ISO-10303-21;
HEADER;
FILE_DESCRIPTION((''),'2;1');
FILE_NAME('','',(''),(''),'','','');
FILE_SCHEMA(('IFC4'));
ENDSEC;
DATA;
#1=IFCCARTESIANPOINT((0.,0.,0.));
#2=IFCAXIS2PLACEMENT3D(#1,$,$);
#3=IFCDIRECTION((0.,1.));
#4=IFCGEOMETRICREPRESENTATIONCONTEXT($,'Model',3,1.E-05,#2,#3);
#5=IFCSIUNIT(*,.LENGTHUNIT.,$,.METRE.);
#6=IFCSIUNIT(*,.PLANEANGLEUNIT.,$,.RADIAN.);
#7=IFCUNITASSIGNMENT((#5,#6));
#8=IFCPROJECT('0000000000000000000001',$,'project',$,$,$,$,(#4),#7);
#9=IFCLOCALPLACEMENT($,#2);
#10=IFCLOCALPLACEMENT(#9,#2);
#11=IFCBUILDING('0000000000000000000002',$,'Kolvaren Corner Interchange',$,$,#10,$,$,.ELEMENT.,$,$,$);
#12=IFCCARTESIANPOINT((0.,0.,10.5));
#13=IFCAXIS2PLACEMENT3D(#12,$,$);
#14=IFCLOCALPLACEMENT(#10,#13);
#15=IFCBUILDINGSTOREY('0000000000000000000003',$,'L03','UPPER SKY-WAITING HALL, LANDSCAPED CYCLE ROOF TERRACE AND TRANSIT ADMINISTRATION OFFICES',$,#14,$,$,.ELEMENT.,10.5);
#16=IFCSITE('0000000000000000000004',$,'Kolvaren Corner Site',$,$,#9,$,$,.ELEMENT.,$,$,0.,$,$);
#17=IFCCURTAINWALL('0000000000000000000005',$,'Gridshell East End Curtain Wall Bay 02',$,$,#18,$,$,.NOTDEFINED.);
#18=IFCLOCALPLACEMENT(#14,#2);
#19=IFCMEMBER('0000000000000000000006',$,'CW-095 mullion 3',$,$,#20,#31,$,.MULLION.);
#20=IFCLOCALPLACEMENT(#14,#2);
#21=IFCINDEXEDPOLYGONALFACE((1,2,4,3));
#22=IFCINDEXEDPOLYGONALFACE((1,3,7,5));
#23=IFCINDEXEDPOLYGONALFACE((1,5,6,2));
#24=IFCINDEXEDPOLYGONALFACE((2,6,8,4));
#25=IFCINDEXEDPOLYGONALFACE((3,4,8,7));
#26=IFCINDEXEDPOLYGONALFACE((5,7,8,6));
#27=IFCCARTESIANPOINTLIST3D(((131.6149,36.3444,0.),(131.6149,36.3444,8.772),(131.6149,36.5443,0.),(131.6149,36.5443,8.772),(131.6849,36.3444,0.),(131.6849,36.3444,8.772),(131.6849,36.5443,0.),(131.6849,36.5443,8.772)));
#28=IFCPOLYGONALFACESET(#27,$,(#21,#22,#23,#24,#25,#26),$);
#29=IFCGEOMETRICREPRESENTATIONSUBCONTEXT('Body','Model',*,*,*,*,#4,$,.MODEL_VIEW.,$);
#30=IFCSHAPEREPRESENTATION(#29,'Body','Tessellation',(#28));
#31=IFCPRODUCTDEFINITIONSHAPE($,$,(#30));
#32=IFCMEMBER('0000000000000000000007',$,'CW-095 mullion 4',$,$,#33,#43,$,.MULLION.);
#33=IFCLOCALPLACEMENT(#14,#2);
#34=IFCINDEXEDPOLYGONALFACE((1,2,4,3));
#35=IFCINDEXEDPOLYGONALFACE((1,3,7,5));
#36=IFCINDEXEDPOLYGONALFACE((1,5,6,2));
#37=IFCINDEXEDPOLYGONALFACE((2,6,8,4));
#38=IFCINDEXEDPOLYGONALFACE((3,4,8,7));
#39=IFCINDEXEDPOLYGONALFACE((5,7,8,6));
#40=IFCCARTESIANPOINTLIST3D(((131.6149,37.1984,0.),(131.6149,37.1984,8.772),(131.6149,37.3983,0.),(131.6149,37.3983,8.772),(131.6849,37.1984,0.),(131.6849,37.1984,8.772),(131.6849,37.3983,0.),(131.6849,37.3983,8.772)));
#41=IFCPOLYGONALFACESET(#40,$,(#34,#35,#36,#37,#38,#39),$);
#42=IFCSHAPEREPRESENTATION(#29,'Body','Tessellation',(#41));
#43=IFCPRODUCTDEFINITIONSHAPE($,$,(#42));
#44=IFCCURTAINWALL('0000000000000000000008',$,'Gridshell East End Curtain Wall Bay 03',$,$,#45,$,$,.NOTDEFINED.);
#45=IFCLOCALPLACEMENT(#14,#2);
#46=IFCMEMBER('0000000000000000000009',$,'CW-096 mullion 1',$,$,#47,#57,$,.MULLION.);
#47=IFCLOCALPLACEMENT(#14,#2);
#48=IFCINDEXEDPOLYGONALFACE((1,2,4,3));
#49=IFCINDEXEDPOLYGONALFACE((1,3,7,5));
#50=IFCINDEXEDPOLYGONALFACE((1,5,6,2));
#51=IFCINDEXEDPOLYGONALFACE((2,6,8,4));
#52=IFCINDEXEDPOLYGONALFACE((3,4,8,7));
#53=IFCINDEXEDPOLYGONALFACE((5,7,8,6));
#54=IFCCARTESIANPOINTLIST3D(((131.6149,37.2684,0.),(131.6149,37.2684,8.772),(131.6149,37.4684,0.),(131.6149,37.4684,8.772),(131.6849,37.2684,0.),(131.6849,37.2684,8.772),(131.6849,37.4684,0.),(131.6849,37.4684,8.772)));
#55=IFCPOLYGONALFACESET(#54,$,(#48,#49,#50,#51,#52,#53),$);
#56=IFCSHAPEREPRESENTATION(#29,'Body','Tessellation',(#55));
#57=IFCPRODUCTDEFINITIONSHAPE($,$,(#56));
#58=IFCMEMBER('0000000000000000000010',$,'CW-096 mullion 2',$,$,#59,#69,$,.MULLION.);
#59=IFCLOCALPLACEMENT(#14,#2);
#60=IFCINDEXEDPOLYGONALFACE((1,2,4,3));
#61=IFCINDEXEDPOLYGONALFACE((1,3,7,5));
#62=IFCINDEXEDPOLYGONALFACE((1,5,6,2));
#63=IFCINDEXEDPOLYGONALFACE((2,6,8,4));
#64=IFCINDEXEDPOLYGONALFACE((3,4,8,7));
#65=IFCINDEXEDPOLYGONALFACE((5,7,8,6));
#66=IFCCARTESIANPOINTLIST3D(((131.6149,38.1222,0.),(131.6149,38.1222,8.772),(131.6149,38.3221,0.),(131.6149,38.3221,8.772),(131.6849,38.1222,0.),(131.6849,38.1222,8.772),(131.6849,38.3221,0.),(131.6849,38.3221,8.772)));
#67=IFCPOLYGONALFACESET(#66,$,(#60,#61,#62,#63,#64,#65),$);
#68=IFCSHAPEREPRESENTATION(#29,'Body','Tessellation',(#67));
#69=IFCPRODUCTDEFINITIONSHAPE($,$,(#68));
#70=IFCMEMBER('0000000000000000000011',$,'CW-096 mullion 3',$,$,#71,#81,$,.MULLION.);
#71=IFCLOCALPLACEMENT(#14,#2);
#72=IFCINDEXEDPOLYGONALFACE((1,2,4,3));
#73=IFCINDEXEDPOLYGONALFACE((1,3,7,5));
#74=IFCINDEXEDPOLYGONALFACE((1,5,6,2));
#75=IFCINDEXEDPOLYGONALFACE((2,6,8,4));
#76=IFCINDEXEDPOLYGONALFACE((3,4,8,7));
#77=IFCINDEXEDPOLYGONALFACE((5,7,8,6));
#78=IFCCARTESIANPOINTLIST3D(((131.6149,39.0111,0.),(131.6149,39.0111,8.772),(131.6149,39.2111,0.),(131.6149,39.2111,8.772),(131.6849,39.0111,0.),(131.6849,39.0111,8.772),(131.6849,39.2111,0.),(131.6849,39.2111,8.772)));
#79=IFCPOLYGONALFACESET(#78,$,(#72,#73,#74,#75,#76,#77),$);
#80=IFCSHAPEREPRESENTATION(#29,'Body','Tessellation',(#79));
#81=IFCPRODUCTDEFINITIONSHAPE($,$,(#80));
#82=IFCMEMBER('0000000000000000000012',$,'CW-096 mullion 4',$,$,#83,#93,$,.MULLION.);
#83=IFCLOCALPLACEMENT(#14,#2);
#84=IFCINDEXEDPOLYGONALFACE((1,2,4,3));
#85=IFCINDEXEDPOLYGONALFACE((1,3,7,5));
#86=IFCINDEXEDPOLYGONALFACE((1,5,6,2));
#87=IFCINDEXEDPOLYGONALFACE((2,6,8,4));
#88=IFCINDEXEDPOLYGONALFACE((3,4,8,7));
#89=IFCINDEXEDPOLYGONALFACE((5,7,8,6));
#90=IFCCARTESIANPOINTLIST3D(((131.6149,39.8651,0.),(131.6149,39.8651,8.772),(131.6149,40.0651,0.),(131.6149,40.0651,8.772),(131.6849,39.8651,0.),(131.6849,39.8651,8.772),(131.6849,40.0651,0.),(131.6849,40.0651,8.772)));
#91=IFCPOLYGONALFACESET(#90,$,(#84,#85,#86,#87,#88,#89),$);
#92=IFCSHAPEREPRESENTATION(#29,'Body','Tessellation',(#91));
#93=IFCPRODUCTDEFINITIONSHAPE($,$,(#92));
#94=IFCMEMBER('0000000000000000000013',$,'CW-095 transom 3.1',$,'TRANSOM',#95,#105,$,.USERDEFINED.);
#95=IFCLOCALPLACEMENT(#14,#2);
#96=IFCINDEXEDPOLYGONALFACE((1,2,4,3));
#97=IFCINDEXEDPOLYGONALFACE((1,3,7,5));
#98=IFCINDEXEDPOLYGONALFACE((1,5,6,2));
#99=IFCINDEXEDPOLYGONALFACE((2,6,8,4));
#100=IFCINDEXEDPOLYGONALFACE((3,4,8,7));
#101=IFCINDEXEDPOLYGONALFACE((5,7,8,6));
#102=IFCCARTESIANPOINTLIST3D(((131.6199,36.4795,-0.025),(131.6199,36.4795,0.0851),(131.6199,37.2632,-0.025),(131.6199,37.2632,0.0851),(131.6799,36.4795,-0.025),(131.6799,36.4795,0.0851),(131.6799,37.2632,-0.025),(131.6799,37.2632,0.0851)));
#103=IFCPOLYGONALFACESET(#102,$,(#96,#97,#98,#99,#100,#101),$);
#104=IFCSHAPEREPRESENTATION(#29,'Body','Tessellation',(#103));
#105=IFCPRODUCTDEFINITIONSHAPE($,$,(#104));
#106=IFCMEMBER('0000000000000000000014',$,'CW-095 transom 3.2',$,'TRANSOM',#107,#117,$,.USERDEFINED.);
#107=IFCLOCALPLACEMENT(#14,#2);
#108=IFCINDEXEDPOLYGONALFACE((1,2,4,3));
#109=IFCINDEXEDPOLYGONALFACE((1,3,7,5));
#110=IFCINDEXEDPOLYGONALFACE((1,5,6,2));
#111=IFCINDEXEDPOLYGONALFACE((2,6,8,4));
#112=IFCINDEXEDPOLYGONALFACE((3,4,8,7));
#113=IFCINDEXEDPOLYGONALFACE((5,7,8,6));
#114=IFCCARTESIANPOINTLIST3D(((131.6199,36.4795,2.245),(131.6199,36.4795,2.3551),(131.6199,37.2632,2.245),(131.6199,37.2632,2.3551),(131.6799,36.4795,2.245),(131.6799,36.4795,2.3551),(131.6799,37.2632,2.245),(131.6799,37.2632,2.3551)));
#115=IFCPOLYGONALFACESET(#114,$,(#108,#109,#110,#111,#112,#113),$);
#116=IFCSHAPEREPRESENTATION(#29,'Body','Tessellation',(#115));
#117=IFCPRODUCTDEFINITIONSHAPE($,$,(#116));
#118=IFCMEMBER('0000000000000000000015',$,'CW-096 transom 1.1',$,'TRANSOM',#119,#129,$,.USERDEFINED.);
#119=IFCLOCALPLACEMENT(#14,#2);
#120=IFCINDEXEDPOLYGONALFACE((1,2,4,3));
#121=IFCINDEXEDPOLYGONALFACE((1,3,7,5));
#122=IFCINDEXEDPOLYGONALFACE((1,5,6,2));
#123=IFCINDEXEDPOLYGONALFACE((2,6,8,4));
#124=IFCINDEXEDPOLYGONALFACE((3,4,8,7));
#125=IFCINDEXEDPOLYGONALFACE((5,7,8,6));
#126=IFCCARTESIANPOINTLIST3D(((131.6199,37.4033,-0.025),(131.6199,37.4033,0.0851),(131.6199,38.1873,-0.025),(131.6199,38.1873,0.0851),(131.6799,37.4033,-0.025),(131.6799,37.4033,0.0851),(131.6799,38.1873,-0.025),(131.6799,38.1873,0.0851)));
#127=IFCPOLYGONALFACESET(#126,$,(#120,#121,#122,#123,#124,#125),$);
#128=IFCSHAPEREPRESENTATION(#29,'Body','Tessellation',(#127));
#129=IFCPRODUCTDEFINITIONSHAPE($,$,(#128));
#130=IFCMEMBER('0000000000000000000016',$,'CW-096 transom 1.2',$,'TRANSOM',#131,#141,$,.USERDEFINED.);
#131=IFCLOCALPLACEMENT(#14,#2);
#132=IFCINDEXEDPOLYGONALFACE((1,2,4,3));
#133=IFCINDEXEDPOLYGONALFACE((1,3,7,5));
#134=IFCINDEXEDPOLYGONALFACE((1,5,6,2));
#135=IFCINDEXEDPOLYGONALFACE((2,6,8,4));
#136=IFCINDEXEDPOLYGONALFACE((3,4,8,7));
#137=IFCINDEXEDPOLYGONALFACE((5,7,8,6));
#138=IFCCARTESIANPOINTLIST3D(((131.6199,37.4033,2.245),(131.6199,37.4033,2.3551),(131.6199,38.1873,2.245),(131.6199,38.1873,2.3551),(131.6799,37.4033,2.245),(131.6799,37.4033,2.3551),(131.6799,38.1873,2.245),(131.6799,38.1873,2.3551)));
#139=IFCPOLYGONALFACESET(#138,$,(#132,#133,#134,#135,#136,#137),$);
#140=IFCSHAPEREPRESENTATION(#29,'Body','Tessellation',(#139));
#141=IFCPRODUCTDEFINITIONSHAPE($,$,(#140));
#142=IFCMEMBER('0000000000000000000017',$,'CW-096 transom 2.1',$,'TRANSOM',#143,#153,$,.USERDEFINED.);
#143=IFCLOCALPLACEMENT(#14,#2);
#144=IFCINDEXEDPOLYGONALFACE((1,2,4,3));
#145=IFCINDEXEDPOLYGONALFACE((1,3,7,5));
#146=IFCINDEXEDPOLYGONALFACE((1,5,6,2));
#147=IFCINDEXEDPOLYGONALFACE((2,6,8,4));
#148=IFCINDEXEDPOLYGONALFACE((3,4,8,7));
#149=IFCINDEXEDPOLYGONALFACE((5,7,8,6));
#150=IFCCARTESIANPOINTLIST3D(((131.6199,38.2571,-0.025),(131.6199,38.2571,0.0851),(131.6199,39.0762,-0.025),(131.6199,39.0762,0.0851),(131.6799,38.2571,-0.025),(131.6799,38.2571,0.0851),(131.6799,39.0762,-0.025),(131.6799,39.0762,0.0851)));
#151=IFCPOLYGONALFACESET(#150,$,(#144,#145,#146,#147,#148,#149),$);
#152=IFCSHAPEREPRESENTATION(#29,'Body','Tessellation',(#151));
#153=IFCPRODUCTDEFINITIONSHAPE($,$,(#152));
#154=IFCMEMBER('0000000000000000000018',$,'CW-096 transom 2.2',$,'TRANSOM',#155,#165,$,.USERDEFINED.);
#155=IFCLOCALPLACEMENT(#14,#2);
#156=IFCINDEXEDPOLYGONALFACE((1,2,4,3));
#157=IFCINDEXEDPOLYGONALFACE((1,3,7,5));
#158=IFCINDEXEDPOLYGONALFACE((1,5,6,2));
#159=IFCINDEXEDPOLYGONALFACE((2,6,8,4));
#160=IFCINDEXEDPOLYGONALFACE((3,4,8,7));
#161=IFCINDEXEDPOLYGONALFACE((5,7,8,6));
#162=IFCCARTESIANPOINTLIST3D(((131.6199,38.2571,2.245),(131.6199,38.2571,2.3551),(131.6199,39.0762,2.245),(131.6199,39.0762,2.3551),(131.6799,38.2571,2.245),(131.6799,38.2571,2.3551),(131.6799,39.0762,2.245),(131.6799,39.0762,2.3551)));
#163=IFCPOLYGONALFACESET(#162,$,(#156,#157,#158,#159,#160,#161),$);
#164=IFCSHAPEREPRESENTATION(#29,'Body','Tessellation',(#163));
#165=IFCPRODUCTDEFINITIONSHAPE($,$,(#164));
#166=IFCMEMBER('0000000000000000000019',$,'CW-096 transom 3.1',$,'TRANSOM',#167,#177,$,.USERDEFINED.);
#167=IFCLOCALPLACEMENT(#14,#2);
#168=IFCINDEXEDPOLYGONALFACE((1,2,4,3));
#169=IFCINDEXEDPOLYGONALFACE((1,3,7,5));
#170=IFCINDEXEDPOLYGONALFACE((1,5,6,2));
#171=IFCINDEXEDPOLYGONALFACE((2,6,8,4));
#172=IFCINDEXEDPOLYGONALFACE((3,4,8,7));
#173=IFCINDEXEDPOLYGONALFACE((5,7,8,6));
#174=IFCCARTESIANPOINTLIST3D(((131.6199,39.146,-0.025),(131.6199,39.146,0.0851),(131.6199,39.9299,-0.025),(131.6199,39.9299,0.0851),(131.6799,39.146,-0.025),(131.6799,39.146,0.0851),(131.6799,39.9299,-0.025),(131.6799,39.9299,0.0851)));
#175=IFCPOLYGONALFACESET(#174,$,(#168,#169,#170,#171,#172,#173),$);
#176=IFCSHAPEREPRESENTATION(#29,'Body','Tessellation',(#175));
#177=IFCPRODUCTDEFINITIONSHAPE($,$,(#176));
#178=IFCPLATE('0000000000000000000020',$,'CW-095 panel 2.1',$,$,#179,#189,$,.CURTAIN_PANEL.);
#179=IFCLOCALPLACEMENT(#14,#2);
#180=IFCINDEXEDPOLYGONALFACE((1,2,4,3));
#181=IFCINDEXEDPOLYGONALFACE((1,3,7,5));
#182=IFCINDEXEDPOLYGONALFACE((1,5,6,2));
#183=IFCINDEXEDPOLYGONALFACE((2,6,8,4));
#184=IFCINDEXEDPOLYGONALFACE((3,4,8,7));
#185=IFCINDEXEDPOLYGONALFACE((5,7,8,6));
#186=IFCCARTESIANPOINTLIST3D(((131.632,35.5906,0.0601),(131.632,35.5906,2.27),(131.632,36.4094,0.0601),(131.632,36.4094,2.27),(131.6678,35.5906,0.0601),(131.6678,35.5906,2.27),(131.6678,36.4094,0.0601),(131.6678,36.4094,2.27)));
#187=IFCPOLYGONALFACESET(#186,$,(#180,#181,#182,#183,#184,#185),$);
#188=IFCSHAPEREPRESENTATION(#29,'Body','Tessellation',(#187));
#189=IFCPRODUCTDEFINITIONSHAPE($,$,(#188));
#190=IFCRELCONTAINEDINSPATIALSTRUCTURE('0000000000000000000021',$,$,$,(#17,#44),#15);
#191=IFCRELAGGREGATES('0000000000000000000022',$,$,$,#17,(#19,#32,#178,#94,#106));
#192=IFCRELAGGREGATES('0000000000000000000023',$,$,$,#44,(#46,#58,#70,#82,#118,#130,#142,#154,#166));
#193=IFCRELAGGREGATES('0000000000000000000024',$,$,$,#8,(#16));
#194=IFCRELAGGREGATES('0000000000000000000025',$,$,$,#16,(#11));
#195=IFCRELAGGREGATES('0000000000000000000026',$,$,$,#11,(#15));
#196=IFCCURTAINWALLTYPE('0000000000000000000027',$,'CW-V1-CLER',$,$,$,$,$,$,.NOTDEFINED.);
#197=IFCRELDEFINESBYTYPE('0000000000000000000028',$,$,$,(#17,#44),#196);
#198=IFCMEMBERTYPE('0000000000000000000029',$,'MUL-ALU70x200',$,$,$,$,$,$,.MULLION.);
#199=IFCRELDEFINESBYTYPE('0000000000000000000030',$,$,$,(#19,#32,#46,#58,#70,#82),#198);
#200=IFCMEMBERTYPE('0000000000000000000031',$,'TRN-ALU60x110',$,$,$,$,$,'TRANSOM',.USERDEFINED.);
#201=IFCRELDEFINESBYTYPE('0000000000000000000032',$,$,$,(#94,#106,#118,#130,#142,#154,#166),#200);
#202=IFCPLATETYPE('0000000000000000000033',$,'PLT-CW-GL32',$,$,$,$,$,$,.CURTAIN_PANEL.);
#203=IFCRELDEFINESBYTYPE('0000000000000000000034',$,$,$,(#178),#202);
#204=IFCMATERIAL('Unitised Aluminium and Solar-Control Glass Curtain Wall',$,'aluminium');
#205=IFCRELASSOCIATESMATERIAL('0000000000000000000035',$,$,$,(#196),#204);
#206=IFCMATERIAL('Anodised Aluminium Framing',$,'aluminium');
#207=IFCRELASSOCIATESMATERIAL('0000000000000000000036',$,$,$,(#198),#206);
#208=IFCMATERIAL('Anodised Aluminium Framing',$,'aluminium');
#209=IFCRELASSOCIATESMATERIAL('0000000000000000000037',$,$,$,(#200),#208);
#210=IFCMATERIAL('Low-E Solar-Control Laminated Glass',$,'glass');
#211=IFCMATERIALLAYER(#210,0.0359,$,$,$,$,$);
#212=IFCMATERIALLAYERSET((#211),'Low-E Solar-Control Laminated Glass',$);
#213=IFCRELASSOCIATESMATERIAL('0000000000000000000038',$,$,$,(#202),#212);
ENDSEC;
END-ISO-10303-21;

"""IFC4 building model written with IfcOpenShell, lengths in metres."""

from ifc_helpers import new_model, si_unit, direction, frame, origin, origin_2d, place, context, subcontext, project, spatial, rectangle, extrude, material, layer, layer_set, material_profile, profile_set, type_object, element, aggregate, save


model = new_model("IFC4")

# Units and contexts
model_context = context("Model", 3, precision=1e-05, world=origin(), true_north=direction((0.0, 1.0)))
body_context = subcontext(model_context, "Body", "Model", "MODEL_VIEW")
ifc_project = project(units=[si_unit("LENGTHUNIT", "METRE"), si_unit("PLANEANGLEUNIT", "RADIAN")], contexts=[model_context])

# Site, building, storey
site_placement = place(None, origin())
site = spatial("IfcSite", under=ifc_project, at=site_placement, Name="Kolvaren Corner Site", CompositionType="ELEMENT", RefElevation=0.0)
building_placement = place(site_placement, origin())
building = spatial("IfcBuilding", under=site, at=building_placement, Name="Kolvaren Corner Interchange", CompositionType="ELEMENT")
storey_placement = place(building_placement, frame((0.0, 0.0, 10.5)))
storey = spatial("IfcBuildingStorey", under=building, at=storey_placement, Name="L03", Description="UPPER SKY-WAITING HALL, LANDSCAPED CYCLE ROOF TERRACE AND TRANSIT ADMINISTRATION OFFICES", CompositionType="ELEMENT", Elevation=10.5)

# Curtain walls, members
ifc_material_1 = material(Name="Unitised Aluminium and Solar-Control Glass Curtain Wall", Category="aluminium")
curtain_wall_type = type_object("IfcCurtainWallType", Name="CW-V1-CLER", PredefinedType="NOTDEFINED", material=ifc_material_1)
curtain_wall_1_placement = place(storey_placement, origin())
curtain_wall_1 = element("IfcCurtainWall", 1, at=curtain_wall_1_placement, inside=storey, type_object=curtain_wall_type, Name="Gridshell East End Curtain Wall Bay 02", PredefinedType="NOTDEFINED")
ifc_material_2 = material(Name="Anodised Aluminium Framing", Category="aluminium")
ifc_material_profile_1 = material_profile(ifc_material_2, rectangle(XDim=0.0701, YDim=0.2, at=origin_2d()), Name="ALU 70x200")
ifc_profile_set_1 = profile_set([ifc_material_profile_1], Name="Anodised Aluminium Framing")
member_type_1 = type_object("IfcMemberType", Name="MUL-ALU70x200", PredefinedType="MULLION", material=ifc_profile_set_1)
member_1_placement = place(storey_placement, frame((131.6499, 36.4443, 0.0), z_axis=(0.0, 0.0, 1.0), x_axis=(-1.0, 0.0, 0.0)))
member_1 = element("IfcMember", 2, at=member_1_placement, type_object=member_type_1, Name="CW-095 mullion 3", PredefinedType="MULLION", context=body_context, shape_type="SweptSolid", body=[
    extrude(rectangle(XDim=0.0701, YDim=0.2, at=origin_2d()), origin(), (0.0, 0.0, 1.0), 8.772),
])
member_2_placement = place(storey_placement, frame((131.6499, 37.2983, 0.0), z_axis=(0.0, 0.0, 1.0), x_axis=(-1.0, 0.0, 0.0)))
member_2 = element("IfcMember", 3, at=member_2_placement, type_object=member_type_1, Name="CW-095 mullion 4", PredefinedType="MULLION", context=body_context, shape_type="SweptSolid", body=[
    extrude(rectangle(XDim=0.0701, YDim=0.2, at=origin_2d()), origin(), (0.0, 0.0, 1.0), 8.772),
])
curtain_wall_2_placement = place(storey_placement, origin())
curtain_wall_2 = element("IfcCurtainWall", 4, at=curtain_wall_2_placement, inside=storey, type_object=curtain_wall_type, Name="Gridshell East End Curtain Wall Bay 03", PredefinedType="NOTDEFINED")
member_3_placement = place(storey_placement, frame((131.6499, 37.3684, 0.0), z_axis=(0.0, 0.0, 1.0), x_axis=(-1.0, 0.0, 0.0)))
member_3 = element("IfcMember", 5, at=member_3_placement, type_object=member_type_1, Name="CW-096 mullion 1", PredefinedType="MULLION", context=body_context, shape_type="SweptSolid", body=[
    extrude(rectangle(XDim=0.0701, YDim=0.2, at=origin_2d()), origin(), (0.0, 0.0, 1.0), 8.772),
])
member_4_placement = place(storey_placement, frame((131.6499, 38.2222, 0.0), z_axis=(0.0, 0.0, 1.0), x_axis=(-1.0, 0.0, 0.0)))
member_4 = element("IfcMember", 6, at=member_4_placement, type_object=member_type_1, Name="CW-096 mullion 2", PredefinedType="MULLION", context=body_context, shape_type="SweptSolid", body=[
    extrude(rectangle(XDim=0.0701, YDim=0.2, at=origin_2d()), origin(), (0.0, 0.0, 1.0), 8.772),
])
member_5_placement = place(storey_placement, frame((131.6499, 39.1111, 0.0), z_axis=(0.0, 0.0, 1.0), x_axis=(-1.0, 0.0, 0.0)))
member_5 = element("IfcMember", 7, at=member_5_placement, type_object=member_type_1, Name="CW-096 mullion 3", PredefinedType="MULLION", context=body_context, shape_type="SweptSolid", body=[
    extrude(rectangle(XDim=0.0701, YDim=0.2, at=origin_2d()), origin(), (0.0, 0.0, 1.0), 8.772),
])
member_6_placement = place(storey_placement, frame((131.6499, 39.9651, 0.0), z_axis=(0.0, 0.0, 1.0), x_axis=(-1.0, 0.0, 0.0)))
member_6 = element("IfcMember", 8, at=member_6_placement, type_object=member_type_1, Name="CW-096 mullion 4", PredefinedType="MULLION", context=body_context, shape_type="SweptSolid", body=[
    extrude(rectangle(XDim=0.0701, YDim=0.2, at=origin_2d()), origin(), (0.0, 0.0, 1.0), 8.772),
])

# Members
ifc_material_3 = material(Name="Anodised Aluminium Framing", Category="aluminium")
ifc_material_profile_2 = material_profile(ifc_material_3, rectangle(XDim=0.0601, YDim=0.1101, at=origin_2d()), Name="ALU 60x110")
ifc_profile_set_2 = profile_set([ifc_material_profile_2], Name="Anodised Aluminium Framing")
member_type_2 = type_object("IfcMemberType", Name="TRN-ALU60x110", ElementType="TRANSOM", PredefinedType="USERDEFINED", material=ifc_profile_set_2)
member_7_placement = place(storey_placement, frame((131.6499, 36.4795, 0.03), z_axis=(0.0, 1.0, 0.0), x_axis=(-1.0, 0.0, 0.0)))
member_7 = element("IfcMember", 9, at=member_7_placement, type_object=member_type_2, Name="CW-095 transom 3.1", ObjectType="TRANSOM", PredefinedType="USERDEFINED", context=body_context, shape_type="SweptSolid", body=[
    extrude(rectangle(XDim=0.0601, YDim=0.1101, at=origin_2d()), origin(), (0.0, 0.0, 1.0), 0.7837),
])
member_8_placement = place(storey_placement, frame((131.6499, 36.4795, 2.3), z_axis=(0.0, 1.0, 0.0), x_axis=(-1.0, 0.0, 0.0)))
member_8 = element("IfcMember", 10, at=member_8_placement, type_object=member_type_2, Name="CW-095 transom 3.2", ObjectType="TRANSOM", PredefinedType="USERDEFINED", context=body_context, shape_type="SweptSolid", body=[
    extrude(rectangle(XDim=0.0601, YDim=0.1101, at=origin_2d()), origin(), (0.0, 0.0, 1.0), 0.7837),
])
member_9_placement = place(storey_placement, frame((131.6499, 37.4033, 0.03), z_axis=(0.0, 1.0, 0.0), x_axis=(-1.0, 0.0, 0.0)))
member_9 = element("IfcMember", 11, at=member_9_placement, type_object=member_type_2, Name="CW-096 transom 1.1", ObjectType="TRANSOM", PredefinedType="USERDEFINED", context=body_context, shape_type="SweptSolid", body=[
    extrude(rectangle(XDim=0.0601, YDim=0.1101, at=origin_2d()), origin(), (0.0, 0.0, 1.0), 0.7839),
])
member_10_placement = place(storey_placement, frame((131.6499, 37.4033, 2.3), z_axis=(0.0, 1.0, 0.0), x_axis=(-1.0, 0.0, 0.0)))
member_10 = element("IfcMember", 12, at=member_10_placement, type_object=member_type_2, Name="CW-096 transom 1.2", ObjectType="TRANSOM", PredefinedType="USERDEFINED", context=body_context, shape_type="SweptSolid", body=[
    extrude(rectangle(XDim=0.0601, YDim=0.1101, at=origin_2d()), origin(), (0.0, 0.0, 1.0), 0.7839),
])
member_11_placement = place(storey_placement, frame((131.6499, 38.2571, 0.03), z_axis=(0.0, 1.0, 0.0), x_axis=(-1.0, 0.0, 0.0)))
member_11 = element("IfcMember", 13, at=member_11_placement, type_object=member_type_2, Name="CW-096 transom 2.1", ObjectType="TRANSOM", PredefinedType="USERDEFINED", context=body_context, shape_type="SweptSolid", body=[
    extrude(rectangle(XDim=0.0601, YDim=0.1101, at=origin_2d()), origin(), (0.0, 0.0, 1.0), 0.8191),
])
member_12_placement = place(storey_placement, frame((131.6499, 38.2571, 2.3), z_axis=(0.0, 1.0, 0.0), x_axis=(-1.0, 0.0, 0.0)))
member_12 = element("IfcMember", 14, at=member_12_placement, type_object=member_type_2, Name="CW-096 transom 2.2", ObjectType="TRANSOM", PredefinedType="USERDEFINED", context=body_context, shape_type="SweptSolid", body=[
    extrude(rectangle(XDim=0.0601, YDim=0.1101, at=origin_2d()), origin(), (0.0, 0.0, 1.0), 0.8191),
])
member_13_placement = place(storey_placement, frame((131.6499, 39.146, 0.03), z_axis=(0.0, 1.0, 0.0), x_axis=(-1.0, 0.0, 0.0)))
member_13 = element("IfcMember", 15, at=member_13_placement, type_object=member_type_2, Name="CW-096 transom 3.1", ObjectType="TRANSOM", PredefinedType="USERDEFINED", context=body_context, shape_type="SweptSolid", body=[
    extrude(rectangle(XDim=0.0601, YDim=0.1101, at=origin_2d()), origin(), (0.0, 0.0, 1.0), 0.7839),
])

# Plate
ifc_material_4 = material(Name="Low-E Solar-Control Laminated Glass", Category="glass")
ifc_layer_1 = layer(ifc_material_4, 0.0359)
ifc_layer_set_1 = layer_set([ifc_layer_1], Name="Low-E Solar-Control Laminated Glass")
plate_type = type_object("IfcPlateType", Name="PLT-CW-GL32", PredefinedType="CURTAIN_PANEL", material=ifc_layer_set_1)
plate_1_placement = place(storey_placement, frame((131.6499, 36.0, 0.0601), z_axis=(0.0, 0.0, 1.0), x_axis=(0.0, 1.0, 0.0)))
plate_1 = element("IfcPlate", 16, at=plate_1_placement, type_object=plate_type, Name="CW-095 panel 2.1", PredefinedType="CURTAIN_PANEL", context=body_context, shape_type="SweptSolid", body=[
    extrude(rectangle(XDim=0.8188, YDim=0.0359, at=origin_2d()), origin(), (0.0, 0.0, 1.0), 2.21),
])
aggregate(curtain_wall_1, [member_1, member_2, plate_1, member_7, member_8])
aggregate(curtain_wall_2, [member_3, member_4, member_5, member_6, member_9, member_10, member_11, member_12, member_13])

save(model, "model.ifc")
